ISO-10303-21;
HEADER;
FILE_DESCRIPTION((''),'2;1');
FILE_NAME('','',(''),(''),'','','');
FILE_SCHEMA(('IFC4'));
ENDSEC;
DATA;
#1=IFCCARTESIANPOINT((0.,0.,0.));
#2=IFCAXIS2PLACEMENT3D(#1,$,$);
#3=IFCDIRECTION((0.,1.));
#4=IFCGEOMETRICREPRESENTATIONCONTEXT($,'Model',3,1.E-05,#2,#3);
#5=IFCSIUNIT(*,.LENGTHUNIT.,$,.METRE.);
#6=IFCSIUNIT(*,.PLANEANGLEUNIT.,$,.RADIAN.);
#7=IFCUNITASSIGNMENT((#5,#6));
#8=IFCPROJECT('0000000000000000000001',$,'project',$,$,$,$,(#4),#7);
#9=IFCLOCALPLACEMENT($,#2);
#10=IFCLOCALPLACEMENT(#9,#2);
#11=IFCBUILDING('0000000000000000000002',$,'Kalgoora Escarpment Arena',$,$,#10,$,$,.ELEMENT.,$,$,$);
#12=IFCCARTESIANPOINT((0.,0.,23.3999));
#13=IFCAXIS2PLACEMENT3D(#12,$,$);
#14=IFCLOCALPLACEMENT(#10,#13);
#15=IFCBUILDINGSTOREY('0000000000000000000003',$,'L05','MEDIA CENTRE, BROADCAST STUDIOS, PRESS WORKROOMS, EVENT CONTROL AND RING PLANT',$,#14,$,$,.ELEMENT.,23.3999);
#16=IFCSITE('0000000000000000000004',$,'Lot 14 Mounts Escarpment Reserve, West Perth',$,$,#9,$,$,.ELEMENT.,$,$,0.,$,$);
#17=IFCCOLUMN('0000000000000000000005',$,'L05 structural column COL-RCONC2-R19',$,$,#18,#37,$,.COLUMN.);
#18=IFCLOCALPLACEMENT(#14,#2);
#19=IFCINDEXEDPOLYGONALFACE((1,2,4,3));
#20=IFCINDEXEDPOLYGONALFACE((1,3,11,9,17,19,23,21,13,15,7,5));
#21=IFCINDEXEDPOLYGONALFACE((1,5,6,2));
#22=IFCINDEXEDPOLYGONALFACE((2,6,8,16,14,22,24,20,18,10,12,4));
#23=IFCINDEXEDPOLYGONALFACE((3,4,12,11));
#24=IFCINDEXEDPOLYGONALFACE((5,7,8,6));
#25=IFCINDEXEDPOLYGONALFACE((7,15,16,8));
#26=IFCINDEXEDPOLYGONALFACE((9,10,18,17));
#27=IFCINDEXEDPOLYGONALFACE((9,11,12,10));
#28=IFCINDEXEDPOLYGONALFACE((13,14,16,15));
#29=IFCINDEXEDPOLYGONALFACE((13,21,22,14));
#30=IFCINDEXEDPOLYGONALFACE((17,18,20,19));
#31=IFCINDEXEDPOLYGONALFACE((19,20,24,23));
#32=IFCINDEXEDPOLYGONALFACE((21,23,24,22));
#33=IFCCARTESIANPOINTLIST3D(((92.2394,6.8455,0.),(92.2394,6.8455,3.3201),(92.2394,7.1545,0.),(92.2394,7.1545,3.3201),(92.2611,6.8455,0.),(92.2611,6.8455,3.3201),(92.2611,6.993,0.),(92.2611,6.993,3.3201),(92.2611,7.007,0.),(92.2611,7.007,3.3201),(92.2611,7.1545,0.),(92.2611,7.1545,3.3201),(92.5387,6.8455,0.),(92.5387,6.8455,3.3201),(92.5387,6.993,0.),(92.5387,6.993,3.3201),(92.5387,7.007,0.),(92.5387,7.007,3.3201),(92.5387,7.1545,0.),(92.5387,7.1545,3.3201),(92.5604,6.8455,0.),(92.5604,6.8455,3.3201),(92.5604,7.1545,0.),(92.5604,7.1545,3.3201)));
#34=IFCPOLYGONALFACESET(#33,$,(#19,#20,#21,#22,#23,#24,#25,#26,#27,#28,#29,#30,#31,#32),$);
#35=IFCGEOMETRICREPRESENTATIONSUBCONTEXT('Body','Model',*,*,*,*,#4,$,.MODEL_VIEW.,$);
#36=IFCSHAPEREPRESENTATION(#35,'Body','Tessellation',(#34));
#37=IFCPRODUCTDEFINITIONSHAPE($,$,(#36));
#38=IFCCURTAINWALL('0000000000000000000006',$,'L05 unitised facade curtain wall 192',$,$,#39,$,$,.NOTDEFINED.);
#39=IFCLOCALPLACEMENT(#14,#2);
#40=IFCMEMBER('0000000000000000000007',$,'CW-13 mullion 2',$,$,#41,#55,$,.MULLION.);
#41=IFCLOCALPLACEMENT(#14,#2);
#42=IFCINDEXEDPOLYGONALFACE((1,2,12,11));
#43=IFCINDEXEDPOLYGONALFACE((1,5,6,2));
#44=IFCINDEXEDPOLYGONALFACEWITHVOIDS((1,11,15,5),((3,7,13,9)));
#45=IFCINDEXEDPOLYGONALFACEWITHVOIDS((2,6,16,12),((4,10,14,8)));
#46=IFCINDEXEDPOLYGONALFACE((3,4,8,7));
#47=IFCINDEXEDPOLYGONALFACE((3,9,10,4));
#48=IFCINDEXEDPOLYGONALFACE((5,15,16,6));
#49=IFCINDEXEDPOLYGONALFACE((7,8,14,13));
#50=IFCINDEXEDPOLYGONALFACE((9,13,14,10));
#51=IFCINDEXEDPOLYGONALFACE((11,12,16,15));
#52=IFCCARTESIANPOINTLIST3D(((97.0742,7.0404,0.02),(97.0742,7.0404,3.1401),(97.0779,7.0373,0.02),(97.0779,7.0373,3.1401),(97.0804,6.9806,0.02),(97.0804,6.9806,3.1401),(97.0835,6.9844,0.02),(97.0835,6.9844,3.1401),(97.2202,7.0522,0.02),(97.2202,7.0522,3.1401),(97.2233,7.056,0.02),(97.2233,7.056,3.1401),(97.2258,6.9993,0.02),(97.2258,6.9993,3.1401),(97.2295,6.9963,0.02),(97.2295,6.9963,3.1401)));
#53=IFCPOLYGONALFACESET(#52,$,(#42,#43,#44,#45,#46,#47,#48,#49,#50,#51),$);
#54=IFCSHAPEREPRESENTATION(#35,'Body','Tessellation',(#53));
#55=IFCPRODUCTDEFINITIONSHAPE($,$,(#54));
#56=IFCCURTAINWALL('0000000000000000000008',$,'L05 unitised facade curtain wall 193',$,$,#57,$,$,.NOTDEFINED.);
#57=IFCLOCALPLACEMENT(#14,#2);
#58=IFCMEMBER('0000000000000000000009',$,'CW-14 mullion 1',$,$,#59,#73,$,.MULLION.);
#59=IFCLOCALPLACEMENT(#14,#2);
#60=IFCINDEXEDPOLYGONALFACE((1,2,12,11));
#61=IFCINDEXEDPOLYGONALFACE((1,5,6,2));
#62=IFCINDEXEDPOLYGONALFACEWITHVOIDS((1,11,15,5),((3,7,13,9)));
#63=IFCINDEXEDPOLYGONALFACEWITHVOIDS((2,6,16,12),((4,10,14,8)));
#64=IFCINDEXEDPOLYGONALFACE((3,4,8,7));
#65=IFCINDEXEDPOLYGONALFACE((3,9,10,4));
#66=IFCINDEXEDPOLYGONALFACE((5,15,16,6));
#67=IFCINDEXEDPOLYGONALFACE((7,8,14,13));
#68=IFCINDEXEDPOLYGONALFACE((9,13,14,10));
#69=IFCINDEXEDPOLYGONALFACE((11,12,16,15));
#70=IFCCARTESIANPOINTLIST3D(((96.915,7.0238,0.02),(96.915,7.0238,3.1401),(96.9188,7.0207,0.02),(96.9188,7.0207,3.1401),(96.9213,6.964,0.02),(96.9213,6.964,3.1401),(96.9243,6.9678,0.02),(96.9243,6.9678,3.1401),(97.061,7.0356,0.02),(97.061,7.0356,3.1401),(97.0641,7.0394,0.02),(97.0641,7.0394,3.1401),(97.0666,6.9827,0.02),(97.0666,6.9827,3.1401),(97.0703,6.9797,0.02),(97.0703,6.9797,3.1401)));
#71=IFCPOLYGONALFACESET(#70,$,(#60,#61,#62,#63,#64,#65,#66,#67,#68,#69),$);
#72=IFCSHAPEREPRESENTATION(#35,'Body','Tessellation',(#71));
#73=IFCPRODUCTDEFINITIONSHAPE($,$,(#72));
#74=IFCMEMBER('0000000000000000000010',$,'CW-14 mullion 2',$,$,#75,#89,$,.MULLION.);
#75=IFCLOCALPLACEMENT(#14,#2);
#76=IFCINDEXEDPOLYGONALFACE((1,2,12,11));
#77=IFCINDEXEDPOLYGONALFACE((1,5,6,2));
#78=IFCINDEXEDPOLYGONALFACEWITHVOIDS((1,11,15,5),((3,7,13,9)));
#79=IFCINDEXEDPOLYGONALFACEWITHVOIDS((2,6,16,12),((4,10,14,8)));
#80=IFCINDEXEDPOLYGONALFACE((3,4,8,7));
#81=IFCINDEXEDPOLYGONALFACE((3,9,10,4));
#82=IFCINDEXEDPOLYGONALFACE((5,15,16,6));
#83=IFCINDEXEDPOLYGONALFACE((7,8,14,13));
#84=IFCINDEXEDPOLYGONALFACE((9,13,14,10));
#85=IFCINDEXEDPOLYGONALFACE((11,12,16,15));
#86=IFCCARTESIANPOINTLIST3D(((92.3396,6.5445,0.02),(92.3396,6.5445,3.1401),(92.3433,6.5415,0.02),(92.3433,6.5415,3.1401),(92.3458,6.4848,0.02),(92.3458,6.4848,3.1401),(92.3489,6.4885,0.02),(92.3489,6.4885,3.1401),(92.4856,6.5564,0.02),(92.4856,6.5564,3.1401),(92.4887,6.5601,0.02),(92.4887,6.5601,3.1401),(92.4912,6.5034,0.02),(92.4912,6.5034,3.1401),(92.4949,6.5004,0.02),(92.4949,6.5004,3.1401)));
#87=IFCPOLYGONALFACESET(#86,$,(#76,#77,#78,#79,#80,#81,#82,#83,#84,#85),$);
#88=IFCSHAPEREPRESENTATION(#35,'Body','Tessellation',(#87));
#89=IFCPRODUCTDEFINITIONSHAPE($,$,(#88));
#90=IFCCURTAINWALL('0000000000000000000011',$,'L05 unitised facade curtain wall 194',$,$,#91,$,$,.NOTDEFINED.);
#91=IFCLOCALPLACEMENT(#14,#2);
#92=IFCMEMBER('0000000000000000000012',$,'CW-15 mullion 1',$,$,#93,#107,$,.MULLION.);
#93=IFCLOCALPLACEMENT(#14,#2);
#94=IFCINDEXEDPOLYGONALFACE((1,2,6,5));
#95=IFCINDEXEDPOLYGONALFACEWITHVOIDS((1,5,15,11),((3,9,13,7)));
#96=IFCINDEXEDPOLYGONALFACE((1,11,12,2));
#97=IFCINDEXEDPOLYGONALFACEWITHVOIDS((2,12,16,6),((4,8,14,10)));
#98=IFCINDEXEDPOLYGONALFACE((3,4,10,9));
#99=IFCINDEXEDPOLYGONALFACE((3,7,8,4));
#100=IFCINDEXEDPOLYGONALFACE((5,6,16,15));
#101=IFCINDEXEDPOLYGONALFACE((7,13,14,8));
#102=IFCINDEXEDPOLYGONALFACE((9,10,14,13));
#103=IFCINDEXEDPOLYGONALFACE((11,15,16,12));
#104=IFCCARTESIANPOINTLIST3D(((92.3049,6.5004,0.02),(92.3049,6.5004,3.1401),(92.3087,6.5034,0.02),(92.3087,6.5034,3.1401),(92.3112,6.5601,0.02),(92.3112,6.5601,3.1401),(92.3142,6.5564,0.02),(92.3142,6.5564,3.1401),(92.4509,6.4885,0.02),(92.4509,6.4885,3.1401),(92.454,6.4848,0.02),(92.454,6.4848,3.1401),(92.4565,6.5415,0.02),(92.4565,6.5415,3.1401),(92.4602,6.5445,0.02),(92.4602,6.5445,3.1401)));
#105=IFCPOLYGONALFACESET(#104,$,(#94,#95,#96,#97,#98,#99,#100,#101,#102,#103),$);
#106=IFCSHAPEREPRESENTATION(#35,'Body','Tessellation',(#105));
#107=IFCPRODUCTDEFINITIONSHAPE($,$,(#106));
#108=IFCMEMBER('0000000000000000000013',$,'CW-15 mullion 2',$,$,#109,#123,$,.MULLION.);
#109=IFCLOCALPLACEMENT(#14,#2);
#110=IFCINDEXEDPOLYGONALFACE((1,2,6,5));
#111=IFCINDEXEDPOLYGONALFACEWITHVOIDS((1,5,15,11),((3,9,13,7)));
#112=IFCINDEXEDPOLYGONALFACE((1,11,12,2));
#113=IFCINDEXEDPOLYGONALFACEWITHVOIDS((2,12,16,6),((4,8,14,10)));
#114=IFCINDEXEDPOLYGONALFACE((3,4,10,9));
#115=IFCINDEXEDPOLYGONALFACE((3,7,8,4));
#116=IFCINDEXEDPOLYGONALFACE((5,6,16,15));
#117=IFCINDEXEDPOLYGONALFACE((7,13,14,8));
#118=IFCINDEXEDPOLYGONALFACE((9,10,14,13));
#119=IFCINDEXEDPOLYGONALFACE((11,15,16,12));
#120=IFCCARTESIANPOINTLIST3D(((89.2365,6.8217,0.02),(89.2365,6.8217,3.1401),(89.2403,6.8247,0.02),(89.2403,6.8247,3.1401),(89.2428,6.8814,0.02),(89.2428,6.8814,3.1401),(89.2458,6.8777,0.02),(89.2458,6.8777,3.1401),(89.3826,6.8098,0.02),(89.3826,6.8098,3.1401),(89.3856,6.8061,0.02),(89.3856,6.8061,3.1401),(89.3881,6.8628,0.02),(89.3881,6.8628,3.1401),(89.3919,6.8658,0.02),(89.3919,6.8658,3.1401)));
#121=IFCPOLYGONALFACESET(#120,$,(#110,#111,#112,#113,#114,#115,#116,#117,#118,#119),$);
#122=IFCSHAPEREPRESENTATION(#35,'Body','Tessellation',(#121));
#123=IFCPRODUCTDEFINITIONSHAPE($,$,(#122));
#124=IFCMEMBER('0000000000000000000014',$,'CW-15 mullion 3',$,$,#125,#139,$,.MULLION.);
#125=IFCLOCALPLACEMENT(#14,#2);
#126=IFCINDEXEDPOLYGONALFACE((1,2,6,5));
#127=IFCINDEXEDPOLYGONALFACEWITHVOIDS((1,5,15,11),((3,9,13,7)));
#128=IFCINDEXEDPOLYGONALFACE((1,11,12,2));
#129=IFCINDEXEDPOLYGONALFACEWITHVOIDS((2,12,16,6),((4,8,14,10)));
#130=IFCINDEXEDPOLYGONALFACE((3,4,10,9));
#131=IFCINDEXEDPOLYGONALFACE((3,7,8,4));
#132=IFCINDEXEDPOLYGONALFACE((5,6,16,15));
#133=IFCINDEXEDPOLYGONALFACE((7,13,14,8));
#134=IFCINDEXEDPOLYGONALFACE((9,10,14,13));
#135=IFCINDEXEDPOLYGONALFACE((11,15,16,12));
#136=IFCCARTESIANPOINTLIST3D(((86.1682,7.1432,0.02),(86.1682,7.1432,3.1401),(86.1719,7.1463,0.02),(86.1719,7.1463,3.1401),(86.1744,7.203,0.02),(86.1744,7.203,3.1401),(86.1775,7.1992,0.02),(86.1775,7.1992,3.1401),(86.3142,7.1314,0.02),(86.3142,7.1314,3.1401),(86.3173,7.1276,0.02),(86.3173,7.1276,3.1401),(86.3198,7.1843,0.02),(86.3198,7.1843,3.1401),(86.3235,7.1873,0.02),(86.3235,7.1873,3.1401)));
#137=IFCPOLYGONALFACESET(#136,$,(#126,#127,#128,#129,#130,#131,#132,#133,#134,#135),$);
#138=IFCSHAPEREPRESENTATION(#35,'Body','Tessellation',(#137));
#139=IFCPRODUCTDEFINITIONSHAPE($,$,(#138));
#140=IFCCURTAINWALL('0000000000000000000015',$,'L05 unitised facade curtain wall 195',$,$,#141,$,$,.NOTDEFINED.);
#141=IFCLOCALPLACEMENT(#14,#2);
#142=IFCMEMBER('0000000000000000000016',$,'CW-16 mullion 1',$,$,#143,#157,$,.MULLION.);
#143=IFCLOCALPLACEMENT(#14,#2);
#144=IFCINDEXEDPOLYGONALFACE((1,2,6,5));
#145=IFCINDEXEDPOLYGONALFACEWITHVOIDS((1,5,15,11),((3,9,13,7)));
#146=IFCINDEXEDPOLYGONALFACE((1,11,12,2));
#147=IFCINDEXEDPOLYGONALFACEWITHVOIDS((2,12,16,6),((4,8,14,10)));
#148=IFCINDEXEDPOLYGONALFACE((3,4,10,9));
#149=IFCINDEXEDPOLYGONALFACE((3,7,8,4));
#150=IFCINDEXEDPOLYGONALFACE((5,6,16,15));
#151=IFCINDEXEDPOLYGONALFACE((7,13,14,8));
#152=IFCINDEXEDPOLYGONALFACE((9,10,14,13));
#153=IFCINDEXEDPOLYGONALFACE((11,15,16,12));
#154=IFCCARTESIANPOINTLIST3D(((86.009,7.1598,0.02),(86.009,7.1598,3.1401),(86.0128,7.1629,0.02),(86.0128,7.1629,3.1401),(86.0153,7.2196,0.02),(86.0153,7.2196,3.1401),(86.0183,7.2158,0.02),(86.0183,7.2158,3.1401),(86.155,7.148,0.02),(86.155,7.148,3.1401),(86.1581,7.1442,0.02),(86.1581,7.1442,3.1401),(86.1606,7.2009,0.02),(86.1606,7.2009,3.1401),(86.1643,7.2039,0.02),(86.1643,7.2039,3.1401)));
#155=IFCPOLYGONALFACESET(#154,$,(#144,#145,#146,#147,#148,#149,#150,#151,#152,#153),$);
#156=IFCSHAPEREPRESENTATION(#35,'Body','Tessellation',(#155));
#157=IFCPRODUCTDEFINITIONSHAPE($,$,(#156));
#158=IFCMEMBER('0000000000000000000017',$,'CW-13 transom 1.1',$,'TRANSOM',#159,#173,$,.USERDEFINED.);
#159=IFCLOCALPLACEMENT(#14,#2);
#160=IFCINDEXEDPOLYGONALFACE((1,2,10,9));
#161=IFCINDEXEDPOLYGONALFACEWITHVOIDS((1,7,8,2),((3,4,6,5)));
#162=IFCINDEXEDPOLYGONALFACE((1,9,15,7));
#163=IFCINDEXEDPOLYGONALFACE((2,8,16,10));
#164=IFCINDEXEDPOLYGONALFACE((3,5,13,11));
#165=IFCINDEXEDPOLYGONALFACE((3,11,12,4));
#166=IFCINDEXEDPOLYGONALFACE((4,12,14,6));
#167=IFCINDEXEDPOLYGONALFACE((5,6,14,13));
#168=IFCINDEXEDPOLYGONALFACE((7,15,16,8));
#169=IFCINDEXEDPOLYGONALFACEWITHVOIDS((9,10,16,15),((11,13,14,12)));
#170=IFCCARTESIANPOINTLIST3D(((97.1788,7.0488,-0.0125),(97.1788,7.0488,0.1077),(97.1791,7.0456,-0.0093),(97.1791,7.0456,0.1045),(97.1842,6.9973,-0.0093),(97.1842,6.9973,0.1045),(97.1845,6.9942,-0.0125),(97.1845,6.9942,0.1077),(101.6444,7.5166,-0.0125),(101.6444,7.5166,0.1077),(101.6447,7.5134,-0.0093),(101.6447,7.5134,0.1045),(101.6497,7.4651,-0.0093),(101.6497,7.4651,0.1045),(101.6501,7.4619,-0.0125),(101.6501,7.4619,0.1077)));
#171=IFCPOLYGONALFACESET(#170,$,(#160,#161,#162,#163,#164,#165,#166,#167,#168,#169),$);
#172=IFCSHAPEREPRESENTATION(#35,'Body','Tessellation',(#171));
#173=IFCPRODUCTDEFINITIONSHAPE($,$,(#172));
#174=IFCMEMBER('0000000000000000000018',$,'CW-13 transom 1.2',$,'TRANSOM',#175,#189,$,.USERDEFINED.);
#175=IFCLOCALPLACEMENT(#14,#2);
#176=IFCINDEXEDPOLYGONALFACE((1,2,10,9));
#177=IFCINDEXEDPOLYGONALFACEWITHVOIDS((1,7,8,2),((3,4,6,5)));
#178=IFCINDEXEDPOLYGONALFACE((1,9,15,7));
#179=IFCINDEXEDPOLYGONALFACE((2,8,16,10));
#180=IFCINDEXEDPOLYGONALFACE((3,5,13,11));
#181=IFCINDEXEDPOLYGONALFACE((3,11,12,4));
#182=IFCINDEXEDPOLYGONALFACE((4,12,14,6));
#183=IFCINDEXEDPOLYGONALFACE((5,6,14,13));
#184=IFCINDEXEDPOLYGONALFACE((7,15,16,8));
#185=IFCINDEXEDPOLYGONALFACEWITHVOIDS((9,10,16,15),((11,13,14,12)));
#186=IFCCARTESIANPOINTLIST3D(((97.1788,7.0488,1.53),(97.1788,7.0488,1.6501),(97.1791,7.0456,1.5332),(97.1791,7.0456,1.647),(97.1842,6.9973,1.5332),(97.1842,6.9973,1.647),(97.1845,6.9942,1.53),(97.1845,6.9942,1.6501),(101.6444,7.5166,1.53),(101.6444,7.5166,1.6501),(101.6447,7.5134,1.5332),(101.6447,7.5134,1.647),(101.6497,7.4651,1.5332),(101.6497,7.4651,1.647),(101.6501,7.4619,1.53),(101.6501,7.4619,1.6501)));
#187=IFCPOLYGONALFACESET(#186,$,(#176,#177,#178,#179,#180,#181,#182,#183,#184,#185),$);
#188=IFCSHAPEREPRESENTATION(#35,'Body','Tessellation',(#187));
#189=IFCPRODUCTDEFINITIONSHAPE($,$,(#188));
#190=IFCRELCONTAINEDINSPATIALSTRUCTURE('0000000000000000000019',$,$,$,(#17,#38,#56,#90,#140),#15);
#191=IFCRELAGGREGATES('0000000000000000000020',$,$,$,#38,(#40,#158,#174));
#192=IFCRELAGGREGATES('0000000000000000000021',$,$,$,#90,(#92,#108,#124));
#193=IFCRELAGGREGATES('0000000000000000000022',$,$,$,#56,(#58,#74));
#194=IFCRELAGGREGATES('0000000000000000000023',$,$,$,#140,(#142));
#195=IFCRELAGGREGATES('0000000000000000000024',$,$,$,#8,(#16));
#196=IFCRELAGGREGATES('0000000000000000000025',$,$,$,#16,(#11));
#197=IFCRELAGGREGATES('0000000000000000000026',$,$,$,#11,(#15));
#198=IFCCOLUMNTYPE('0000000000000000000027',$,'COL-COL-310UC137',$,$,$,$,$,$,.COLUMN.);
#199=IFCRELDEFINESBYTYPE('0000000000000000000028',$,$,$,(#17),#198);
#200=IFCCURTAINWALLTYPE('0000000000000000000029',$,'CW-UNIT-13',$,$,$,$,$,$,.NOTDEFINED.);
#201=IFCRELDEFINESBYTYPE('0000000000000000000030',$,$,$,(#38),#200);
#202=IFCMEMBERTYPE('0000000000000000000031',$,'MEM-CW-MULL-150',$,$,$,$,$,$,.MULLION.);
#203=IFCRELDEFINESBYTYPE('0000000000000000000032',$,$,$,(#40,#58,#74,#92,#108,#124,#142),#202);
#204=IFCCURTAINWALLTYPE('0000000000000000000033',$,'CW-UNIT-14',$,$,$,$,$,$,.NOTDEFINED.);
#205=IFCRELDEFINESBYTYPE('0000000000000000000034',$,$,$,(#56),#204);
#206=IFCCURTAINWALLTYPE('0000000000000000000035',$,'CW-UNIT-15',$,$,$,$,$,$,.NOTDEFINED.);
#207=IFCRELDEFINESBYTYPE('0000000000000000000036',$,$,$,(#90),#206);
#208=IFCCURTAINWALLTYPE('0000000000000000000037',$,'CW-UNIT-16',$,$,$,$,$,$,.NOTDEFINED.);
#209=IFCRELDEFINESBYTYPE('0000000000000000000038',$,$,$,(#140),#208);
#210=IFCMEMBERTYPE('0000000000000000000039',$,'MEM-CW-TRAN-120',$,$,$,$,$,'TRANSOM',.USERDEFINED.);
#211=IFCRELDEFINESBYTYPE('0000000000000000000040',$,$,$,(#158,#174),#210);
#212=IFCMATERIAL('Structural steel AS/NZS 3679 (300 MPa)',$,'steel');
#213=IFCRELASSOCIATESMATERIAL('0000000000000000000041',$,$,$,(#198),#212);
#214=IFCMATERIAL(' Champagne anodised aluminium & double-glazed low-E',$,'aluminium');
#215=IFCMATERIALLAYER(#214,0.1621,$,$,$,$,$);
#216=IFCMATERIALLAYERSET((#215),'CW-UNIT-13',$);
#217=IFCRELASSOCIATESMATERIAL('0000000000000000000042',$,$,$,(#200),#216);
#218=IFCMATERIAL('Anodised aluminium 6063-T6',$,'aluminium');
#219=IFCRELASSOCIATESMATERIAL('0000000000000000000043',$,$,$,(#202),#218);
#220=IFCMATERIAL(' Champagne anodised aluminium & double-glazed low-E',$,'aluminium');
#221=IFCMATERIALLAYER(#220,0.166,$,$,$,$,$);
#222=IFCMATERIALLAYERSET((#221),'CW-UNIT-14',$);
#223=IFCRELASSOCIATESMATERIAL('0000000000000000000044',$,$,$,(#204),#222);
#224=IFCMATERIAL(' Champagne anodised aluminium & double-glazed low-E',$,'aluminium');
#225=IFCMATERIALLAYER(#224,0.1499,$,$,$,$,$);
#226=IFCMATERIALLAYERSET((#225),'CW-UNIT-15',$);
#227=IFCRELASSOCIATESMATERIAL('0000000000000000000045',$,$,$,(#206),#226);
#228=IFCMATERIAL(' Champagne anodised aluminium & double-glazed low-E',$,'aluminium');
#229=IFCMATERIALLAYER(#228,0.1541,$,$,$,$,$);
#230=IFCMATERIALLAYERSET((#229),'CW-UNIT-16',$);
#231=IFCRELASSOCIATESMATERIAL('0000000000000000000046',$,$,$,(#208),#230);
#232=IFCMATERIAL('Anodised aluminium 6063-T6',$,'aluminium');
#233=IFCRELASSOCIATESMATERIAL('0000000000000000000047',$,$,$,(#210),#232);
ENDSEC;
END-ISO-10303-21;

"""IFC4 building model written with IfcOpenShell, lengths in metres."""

from ifc_helpers import new_model, si_unit, direction, frame, origin, origin_2d, place, context, subcontext, project, spatial, hollow_rectangle, i_section, extrude, material, layer, layer_set, material_profile, profile_set, type_object, element, aggregate, save


model = new_model("IFC4")

# Units and contexts
model_context = context("Model", 3, precision=1e-05, world=origin(), true_north=direction((0.0, 1.0)))
body_context = subcontext(model_context, "Body", "Model", "MODEL_VIEW")
ifc_project = project(units=[si_unit("LENGTHUNIT", "METRE"), si_unit("PLANEANGLEUNIT", "RADIAN")], contexts=[model_context])

# Site, building, storey
site_placement = place(None, origin())
site = spatial("IfcSite", under=ifc_project, at=site_placement, Name="Lot 14 Mounts Escarpment Reserve, West Perth", CompositionType="ELEMENT", RefElevation=0.0)
building_placement = place(site_placement, origin())
building = spatial("IfcBuilding", under=site, at=building_placement, Name="Kalgoora Escarpment Arena", CompositionType="ELEMENT")
storey_placement = place(building_placement, frame((0.0, 0.0, 23.3999)))
storey = spatial("IfcBuildingStorey", under=building, at=storey_placement, Name="L05", Description="MEDIA CENTRE, BROADCAST STUDIOS, PRESS WORKROOMS, EVENT CONTROL AND RING PLANT", CompositionType="ELEMENT", Elevation=23.3999)

# Column
ifc_material_1 = material(Name="Structural steel AS/NZS 3679 (300 MPa)", Category="steel")
ifc_material_profile_1 = material_profile(ifc_material_1, i_section(OverallWidth=0.3091, OverallDepth=0.321, WebThickness=0.0139, FlangeThickness=0.0217, at=origin_2d()))
ifc_profile_set_1 = profile_set([ifc_material_profile_1], Name="Structural steel AS/NZS 3679 (300 MPa)")
column_type = type_object("IfcColumnType", Name="COL-COL-310UC137", PredefinedType="COLUMN", material=ifc_profile_set_1)
column_placement = place(storey_placement, frame((92.3999, 7.0, 0.0), z_axis=(0.0, 0.0, 1.0), x_axis=(0.0, -1.0, 0.0)))
element("IfcColumn", 1, at=column_placement, inside=storey, type_object=column_type, Name="L05 structural column COL-RCONC2-R19", PredefinedType="COLUMN", context=body_context, shape_type="SweptSolid", body=[
    extrude(i_section(OverallWidth=0.3091, OverallDepth=0.321, WebThickness=0.0139, FlangeThickness=0.0217, at=origin_2d()), origin(), (0.0, 0.0, 1.0), 3.3201),
])

# Curtain wall, member
ifc_material_2 = material(Name=" Champagne anodised aluminium & double-glazed low-E", Category="aluminium")
ifc_layer_1 = layer(ifc_material_2, 0.1621)
ifc_layer_set_1 = layer_set([ifc_layer_1], Name="CW-UNIT-13")
curtain_wall_type_1 = type_object("IfcCurtainWallType", Name="CW-UNIT-13", PredefinedType="NOTDEFINED", material=ifc_layer_set_1)
curtain_wall_1_placement = place(storey_placement, origin())
curtain_wall_1 = element("IfcCurtainWall", 2, at=curtain_wall_1_placement, inside=storey, type_object=curtain_wall_type_1, Name="L05 unitised facade curtain wall 192", PredefinedType="NOTDEFINED")
ifc_material_3 = material(Name="Anodised aluminium 6063-T6", Category="aluminium")
ifc_material_profile_2 = material_profile(ifc_material_3, hollow_rectangle(XDim=0.0601, YDim=0.1499, WallThickness=0.0034, at=origin_2d()))
ifc_profile_set_2 = profile_set([ifc_material_profile_2], Name="Anodised aluminium 6063-T6")
member_type_1 = type_object("IfcMemberType", Name="MEM-CW-MULL-150", PredefinedType="MULLION", material=ifc_profile_set_2)
member_1_placement = place(storey_placement, frame((97.1519, 7.0183, 0.02), z_axis=(0.0, 0.0, 1.0), x_axis=(0.104182, -0.994558, 0.0)))
member_1 = element("IfcMember", 3, at=member_1_placement, type_object=member_type_1, Name="CW-13 mullion 2", PredefinedType="MULLION", context=body_context, shape_type="SweptSolid", body=[
    extrude(hollow_rectangle(XDim=0.0601, YDim=0.1499, WallThickness=0.0034, at=origin_2d()), origin(), (0.0, 0.0, 1.0), 3.1201),
])

# Curtain walls, members
ifc_material_4 = material(Name=" Champagne anodised aluminium & double-glazed low-E", Category="aluminium")
ifc_layer_2 = layer(ifc_material_4, 0.166)
ifc_layer_set_2 = layer_set([ifc_layer_2], Name="CW-UNIT-14")
curtain_wall_type_2 = type_object("IfcCurtainWallType", Name="CW-UNIT-14", PredefinedType="NOTDEFINED", material=ifc_layer_set_2)
curtain_wall_2_placement = place(storey_placement, origin())
curtain_wall_2 = element("IfcCurtainWall", 4, at=curtain_wall_2_placement, inside=storey, type_object=curtain_wall_type_2, Name="L05 unitised facade curtain wall 193", PredefinedType="NOTDEFINED")
member_2_placement = place(storey_placement, frame((96.9927, 7.0017, 0.02), z_axis=(0.0, 0.0, 1.0), x_axis=(0.104179, -0.994559, 0.0)))
member_2 = element("IfcMember", 5, at=member_2_placement, type_object=member_type_1, Name="CW-14 mullion 1", PredefinedType="MULLION", context=body_context, shape_type="SweptSolid", body=[
    extrude(hollow_rectangle(XDim=0.0601, YDim=0.1499, WallThickness=0.0034, at=origin_2d()), origin(), (0.0, 0.0, 1.0), 3.1201),
])
member_3_placement = place(storey_placement, frame((92.4172, 6.5225, 0.02), z_axis=(0.0, 0.0, 1.0), x_axis=(0.104179, -0.994559, 0.0)))
member_3 = element("IfcMember", 6, at=member_3_placement, type_object=member_type_1, Name="CW-14 mullion 2", PredefinedType="MULLION", context=body_context, shape_type="SweptSolid", body=[
    extrude(hollow_rectangle(XDim=0.0601, YDim=0.1499, WallThickness=0.0034, at=origin_2d()), origin(), (0.0, 0.0, 1.0), 3.1201),
])
ifc_material_5 = material(Name=" Champagne anodised aluminium & double-glazed low-E", Category="aluminium")
ifc_layer_3 = layer(ifc_material_5, 0.1499)
ifc_layer_set_3 = layer_set([ifc_layer_3], Name="CW-UNIT-15")
curtain_wall_type_3 = type_object("IfcCurtainWallType", Name="CW-UNIT-15", PredefinedType="NOTDEFINED", material=ifc_layer_set_3)
curtain_wall_3_placement = place(storey_placement, origin())
curtain_wall_3 = element("IfcCurtainWall", 7, at=curtain_wall_3_placement, inside=storey, type_object=curtain_wall_type_3, Name="L05 unitised facade curtain wall 194", PredefinedType="NOTDEFINED")
member_4_placement = place(storey_placement, frame((92.3826, 6.5225, 0.02), z_axis=(0.0, 0.0, 1.0), x_axis=(-0.104184, -0.994558, 0.0)))
member_4 = element("IfcMember", 8, at=member_4_placement, type_object=member_type_1, Name="CW-15 mullion 1", PredefinedType="MULLION", context=body_context, shape_type="SweptSolid", body=[
    extrude(hollow_rectangle(XDim=0.0601, YDim=0.1499, WallThickness=0.0034, at=origin_2d()), origin(), (0.0, 0.0, 1.0), 3.1201),
])
member_5_placement = place(storey_placement, frame((89.3142, 6.8438, 0.02), z_axis=(0.0, 0.0, 1.0), x_axis=(-0.104184, -0.994558, 0.0)))
member_5 = element("IfcMember", 9, at=member_5_placement, type_object=member_type_1, Name="CW-15 mullion 2", PredefinedType="MULLION", context=body_context, shape_type="SweptSolid", body=[
    extrude(hollow_rectangle(XDim=0.0601, YDim=0.1499, WallThickness=0.0034, at=origin_2d()), origin(), (0.0, 0.0, 1.0), 3.1201),
])
member_6_placement = place(storey_placement, frame((86.2458, 7.1653, 0.02), z_axis=(0.0, 0.0, 1.0), x_axis=(-0.104184, -0.994558, 0.0)))
member_6 = element("IfcMember", 10, at=member_6_placement, type_object=member_type_1, Name="CW-15 mullion 3", PredefinedType="MULLION", context=body_context, shape_type="SweptSolid", body=[
    extrude(hollow_rectangle(XDim=0.0601, YDim=0.1499, WallThickness=0.0034, at=origin_2d()), origin(), (0.0, 0.0, 1.0), 3.1201),
])

# Curtain wall, member
ifc_material_6 = material(Name=" Champagne anodised aluminium & double-glazed low-E", Category="aluminium")
ifc_layer_4 = layer(ifc_material_6, 0.1541)
ifc_layer_set_4 = layer_set([ifc_layer_4], Name="CW-UNIT-16")
curtain_wall_type_4 = type_object("IfcCurtainWallType", Name="CW-UNIT-16", PredefinedType="NOTDEFINED", material=ifc_layer_set_4)
curtain_wall_4_placement = place(storey_placement, origin())
curtain_wall_4 = element("IfcCurtainWall", 11, at=curtain_wall_4_placement, inside=storey, type_object=curtain_wall_type_4, Name="L05 unitised facade curtain wall 195", PredefinedType="NOTDEFINED")
member_7_placement = place(storey_placement, frame((86.0867, 7.1819, 0.02), z_axis=(0.0, 0.0, 1.0), x_axis=(-0.104169, -0.99456, 0.0)))
member_7 = element("IfcMember", 12, at=member_7_placement, type_object=member_type_1, Name="CW-16 mullion 1", PredefinedType="MULLION", context=body_context, shape_type="SweptSolid", body=[
    extrude(hollow_rectangle(XDim=0.0601, YDim=0.1499, WallThickness=0.0034, at=origin_2d()), origin(), (0.0, 0.0, 1.0), 3.1201),
])

# Members
ifc_material_7 = material(Name="Anodised aluminium 6063-T6", Category="aluminium")
ifc_material_profile_3 = material_profile(ifc_material_7, hollow_rectangle(XDim=0.0549, YDim=0.1201, WallThickness=0.0032, at=origin_2d()))
ifc_profile_set_3 = profile_set([ifc_material_profile_3], Name="Anodised aluminium 6063-T6")
member_type_2 = type_object("IfcMemberType", Name="MEM-CW-TRAN-120", ElementType="TRANSOM", PredefinedType="USERDEFINED", material=ifc_profile_set_3)
member_8_placement = place(storey_placement, frame((101.6472, 7.4893, 0.0476), z_axis=(-0.994558, -0.104181, 0.0), x_axis=(0.104181, -0.994558, 0.0)))
member_8 = element("IfcMember", 13, at=member_8_placement, type_object=member_type_2, Name="CW-13 transom 1.1", ObjectType="TRANSOM", PredefinedType="USERDEFINED", context=body_context, shape_type="SweptSolid", body=[
    extrude(hollow_rectangle(XDim=0.0549, YDim=0.1201, WallThickness=0.0032, at=origin_2d()), origin(), (0.0, 0.0, 1.0), 4.49),
])
member_9_placement = place(storey_placement, frame((101.6472, 7.4893, 1.5901), z_axis=(-0.994558, -0.104181, 0.0), x_axis=(0.104181, -0.994558, 0.0)))
member_9 = element("IfcMember", 14, at=member_9_placement, type_object=member_type_2, Name="CW-13 transom 1.2", ObjectType="TRANSOM", PredefinedType="USERDEFINED", context=body_context, shape_type="SweptSolid", body=[
    extrude(hollow_rectangle(XDim=0.0549, YDim=0.1201, WallThickness=0.0032, at=origin_2d()), origin(), (0.0, 0.0, 1.0), 4.49),
])

aggregate(curtain_wall_1, [member_1, member_8, member_9])
aggregate(curtain_wall_3, [member_4, member_5, member_6])
aggregate(curtain_wall_2, [member_2, member_3])
aggregate(curtain_wall_4, [member_7])

save(model, "model.ifc")
